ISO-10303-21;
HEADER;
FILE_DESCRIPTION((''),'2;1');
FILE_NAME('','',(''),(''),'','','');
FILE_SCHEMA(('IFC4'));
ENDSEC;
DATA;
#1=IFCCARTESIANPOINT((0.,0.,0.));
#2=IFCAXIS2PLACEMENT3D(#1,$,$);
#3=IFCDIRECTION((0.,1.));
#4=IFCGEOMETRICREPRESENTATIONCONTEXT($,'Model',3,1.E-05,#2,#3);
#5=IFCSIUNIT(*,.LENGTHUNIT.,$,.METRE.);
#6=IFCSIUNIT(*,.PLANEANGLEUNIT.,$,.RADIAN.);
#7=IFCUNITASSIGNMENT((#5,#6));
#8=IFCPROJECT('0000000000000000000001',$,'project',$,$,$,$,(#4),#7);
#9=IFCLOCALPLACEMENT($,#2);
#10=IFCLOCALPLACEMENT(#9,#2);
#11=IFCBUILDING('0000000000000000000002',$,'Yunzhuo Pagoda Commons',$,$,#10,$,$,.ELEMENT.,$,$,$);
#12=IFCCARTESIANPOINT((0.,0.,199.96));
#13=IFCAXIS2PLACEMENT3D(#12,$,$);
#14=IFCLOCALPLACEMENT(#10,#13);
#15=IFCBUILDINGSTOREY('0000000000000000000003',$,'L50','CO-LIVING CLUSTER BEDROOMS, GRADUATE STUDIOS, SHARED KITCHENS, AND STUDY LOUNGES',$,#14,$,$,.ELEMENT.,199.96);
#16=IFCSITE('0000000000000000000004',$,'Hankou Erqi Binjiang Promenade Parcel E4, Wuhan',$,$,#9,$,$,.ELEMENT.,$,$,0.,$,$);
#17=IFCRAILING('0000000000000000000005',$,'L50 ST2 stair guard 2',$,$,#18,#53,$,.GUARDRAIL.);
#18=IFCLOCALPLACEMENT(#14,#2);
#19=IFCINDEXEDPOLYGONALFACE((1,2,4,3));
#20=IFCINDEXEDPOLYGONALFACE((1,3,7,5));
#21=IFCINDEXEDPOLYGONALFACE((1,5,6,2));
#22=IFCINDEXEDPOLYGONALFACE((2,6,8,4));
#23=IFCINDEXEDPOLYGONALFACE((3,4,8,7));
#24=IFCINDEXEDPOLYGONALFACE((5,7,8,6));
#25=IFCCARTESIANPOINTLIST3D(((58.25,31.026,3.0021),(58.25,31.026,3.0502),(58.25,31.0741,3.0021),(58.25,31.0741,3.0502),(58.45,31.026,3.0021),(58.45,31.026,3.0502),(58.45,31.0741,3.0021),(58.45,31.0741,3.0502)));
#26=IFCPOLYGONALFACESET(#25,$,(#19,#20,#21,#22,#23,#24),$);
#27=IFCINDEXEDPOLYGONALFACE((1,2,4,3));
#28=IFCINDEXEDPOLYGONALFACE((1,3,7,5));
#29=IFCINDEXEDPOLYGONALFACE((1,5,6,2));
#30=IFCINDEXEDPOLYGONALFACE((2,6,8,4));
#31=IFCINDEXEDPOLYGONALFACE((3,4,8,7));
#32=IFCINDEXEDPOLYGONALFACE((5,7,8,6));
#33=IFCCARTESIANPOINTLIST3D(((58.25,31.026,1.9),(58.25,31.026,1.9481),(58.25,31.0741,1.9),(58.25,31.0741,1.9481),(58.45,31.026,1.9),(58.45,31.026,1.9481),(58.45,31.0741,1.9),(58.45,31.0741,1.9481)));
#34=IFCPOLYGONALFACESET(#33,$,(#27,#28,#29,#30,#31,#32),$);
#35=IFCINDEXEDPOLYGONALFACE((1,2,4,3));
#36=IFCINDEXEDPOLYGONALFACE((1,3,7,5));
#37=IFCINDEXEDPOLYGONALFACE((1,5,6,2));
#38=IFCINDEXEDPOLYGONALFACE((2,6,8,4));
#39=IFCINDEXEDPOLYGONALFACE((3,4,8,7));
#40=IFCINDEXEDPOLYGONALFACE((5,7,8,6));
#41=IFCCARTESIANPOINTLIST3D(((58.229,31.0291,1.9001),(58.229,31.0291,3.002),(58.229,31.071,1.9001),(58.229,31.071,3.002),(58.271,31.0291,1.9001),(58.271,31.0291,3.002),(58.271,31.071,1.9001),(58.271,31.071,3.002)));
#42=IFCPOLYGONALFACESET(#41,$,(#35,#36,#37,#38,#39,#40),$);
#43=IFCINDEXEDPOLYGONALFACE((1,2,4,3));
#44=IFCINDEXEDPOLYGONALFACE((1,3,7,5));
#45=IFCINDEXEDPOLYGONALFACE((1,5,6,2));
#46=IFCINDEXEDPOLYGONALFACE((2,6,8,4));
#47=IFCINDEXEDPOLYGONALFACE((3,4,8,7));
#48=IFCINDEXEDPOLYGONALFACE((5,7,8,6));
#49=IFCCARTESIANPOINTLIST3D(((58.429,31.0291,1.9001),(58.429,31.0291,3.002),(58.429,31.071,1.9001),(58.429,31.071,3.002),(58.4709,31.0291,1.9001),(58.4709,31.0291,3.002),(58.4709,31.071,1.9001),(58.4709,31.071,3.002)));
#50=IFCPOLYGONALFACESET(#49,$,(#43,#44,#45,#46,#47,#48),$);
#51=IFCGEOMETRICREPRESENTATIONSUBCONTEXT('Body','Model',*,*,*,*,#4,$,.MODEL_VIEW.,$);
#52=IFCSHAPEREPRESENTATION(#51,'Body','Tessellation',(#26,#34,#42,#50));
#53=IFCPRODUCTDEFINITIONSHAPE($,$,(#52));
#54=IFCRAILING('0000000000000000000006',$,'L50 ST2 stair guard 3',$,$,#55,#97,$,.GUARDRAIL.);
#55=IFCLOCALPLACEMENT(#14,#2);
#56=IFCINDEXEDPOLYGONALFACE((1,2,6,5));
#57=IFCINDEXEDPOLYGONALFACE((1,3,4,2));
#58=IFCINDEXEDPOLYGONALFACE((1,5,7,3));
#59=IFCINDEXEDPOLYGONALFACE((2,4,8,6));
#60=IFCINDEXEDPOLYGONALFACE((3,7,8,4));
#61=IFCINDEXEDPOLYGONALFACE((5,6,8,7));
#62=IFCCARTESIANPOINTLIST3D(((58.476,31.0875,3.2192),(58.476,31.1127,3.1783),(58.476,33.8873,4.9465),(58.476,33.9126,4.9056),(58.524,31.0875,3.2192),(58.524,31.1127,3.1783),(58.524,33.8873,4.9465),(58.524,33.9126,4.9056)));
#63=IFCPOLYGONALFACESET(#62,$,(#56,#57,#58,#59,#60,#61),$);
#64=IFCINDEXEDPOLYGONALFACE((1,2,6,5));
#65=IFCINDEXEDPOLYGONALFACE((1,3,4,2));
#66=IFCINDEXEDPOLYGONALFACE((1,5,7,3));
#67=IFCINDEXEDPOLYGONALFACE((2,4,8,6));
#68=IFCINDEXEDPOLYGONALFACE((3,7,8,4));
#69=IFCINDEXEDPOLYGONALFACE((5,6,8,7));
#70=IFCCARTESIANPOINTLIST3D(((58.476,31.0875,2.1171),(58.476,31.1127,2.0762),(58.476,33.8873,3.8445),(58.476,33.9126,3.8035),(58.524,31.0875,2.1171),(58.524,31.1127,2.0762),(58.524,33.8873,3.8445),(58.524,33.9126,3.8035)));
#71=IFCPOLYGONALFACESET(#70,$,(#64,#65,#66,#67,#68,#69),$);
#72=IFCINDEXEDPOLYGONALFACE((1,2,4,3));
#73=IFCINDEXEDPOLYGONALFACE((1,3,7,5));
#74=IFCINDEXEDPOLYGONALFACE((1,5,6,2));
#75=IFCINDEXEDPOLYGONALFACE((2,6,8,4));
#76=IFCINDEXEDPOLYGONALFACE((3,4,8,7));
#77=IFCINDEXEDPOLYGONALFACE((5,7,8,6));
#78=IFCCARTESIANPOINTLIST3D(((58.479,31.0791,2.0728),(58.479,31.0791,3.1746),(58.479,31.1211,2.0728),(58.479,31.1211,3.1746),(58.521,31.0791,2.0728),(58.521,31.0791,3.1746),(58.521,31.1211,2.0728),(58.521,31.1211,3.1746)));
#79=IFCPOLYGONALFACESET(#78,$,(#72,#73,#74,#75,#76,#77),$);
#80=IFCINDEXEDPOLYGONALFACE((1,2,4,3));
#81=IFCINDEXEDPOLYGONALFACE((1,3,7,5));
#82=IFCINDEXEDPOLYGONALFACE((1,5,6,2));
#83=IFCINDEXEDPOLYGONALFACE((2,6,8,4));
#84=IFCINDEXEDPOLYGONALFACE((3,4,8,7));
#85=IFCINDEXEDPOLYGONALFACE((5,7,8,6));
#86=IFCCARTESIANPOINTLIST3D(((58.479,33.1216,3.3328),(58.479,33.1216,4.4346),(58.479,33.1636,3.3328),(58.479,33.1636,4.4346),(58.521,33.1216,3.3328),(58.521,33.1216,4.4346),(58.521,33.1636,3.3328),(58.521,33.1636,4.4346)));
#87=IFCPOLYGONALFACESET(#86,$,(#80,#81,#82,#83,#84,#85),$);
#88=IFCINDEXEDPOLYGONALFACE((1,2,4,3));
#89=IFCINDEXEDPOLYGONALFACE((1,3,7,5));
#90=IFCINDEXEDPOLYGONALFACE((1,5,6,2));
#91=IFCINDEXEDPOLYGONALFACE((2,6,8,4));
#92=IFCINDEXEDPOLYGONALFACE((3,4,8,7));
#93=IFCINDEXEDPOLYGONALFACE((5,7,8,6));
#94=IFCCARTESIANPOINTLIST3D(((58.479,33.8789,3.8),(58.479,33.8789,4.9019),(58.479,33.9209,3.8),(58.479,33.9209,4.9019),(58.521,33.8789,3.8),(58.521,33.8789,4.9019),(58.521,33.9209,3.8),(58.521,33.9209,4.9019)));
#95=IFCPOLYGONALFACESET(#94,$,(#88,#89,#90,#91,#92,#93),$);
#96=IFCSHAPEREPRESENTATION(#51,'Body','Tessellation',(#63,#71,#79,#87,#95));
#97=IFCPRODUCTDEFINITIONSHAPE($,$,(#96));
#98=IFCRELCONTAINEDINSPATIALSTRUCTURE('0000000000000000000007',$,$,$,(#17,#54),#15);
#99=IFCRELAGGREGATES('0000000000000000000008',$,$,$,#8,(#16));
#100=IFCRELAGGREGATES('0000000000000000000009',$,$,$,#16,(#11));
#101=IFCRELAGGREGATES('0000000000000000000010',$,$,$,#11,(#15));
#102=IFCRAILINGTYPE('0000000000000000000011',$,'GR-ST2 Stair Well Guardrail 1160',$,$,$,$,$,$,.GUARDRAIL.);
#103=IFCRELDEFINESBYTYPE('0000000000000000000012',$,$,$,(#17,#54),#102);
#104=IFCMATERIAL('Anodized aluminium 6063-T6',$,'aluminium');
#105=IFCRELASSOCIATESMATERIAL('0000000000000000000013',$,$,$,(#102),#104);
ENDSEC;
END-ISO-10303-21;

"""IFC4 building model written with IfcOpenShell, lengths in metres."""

from ifc_helpers import new_model, si_unit, direction, frame, origin, origin_2d, place, context, subcontext, project, spatial, rectangle, extrude, material, type_object, element, save


model = new_model("IFC4")

# Units and contexts
model_context = context("Model", 3, precision=1e-05, world=origin(), true_north=direction((0.0, 1.0)))
body_context = subcontext(model_context, "Body", "Model", "MODEL_VIEW")
ifc_project = project(units=[si_unit("LENGTHUNIT", "METRE"), si_unit("PLANEANGLEUNIT", "RADIAN")], contexts=[model_context])

# Site, building, storey
site_placement = place(None, origin())
site = spatial("IfcSite", under=ifc_project, at=site_placement, Name="Hankou Erqi Binjiang Promenade Parcel E4, Wuhan", CompositionType="ELEMENT", RefElevation=0.0)
building_placement = place(site_placement, origin())
building = spatial("IfcBuilding", under=site, at=building_placement, Name="Yunzhuo Pagoda Commons", CompositionType="ELEMENT")
storey_placement = place(building_placement, frame((0.0, 0.0, 199.96)))
storey = spatial("IfcBuildingStorey", under=building, at=storey_placement, Name="L50", Description="CO-LIVING CLUSTER BEDROOMS, GRADUATE STUDIOS, SHARED KITCHENS, AND STUDY LOUNGES", CompositionType="ELEMENT", Elevation=199.96)

# Railings
ifc_material_1 = material(Name="Anodized aluminium 6063-T6", Category="aluminium")
railing_type = type_object("IfcRailingType", Name="GR-ST2 Stair Well Guardrail 1160", PredefinedType="GUARDRAIL", material=ifc_material_1)
railing_1_placement = place(storey_placement, frame((58.25, 31.05, 1.9001)))
element("IfcRailing", 1, at=railing_1_placement, inside=storey, type_object=railing_type, Name="L50 ST2 stair guard 2", PredefinedType="GUARDRAIL", context=body_context, shape_type="SweptSolid", body=[
    extrude(rectangle(XDim=0.0481, YDim=0.0481, at=origin_2d()), frame((0.0, 0.0, 1.126), z_axis=(1.0, 0.0, 0.0), x_axis=(0.0, 1.0, 0.0)), (0.0, 0.0, 1.0), 0.2),
    extrude(rectangle(XDim=0.0481, YDim=0.0481, at=origin_2d()), frame((0.0, 0.0, 0.0239), z_axis=(1.0, 0.0, 0.0), x_axis=(0.0, 1.0, 0.0)), (0.0, 0.0, 1.0), 0.2),
    extrude(rectangle(XDim=0.042, YDim=0.042, at=origin_2d()), origin(), (0.0, 0.0, 1.0), 1.1018),
    extrude(rectangle(XDim=0.042, YDim=0.042, at=origin_2d()), frame((0.2, 0.0, 0.0)), (0.0, 0.0, 1.0), 1.1018),
])
railing_2_placement = place(storey_placement, frame((58.5, 31.1001, 2.0728)))
element("IfcRailing", 2, at=railing_2_placement, inside=storey, type_object=railing_type, Name="L50 ST2 stair guard 3", PredefinedType="GUARDRAIL", context=body_context, shape_type="SweptSolid", body=[
    extrude(rectangle(XDim=0.0481, YDim=0.0481, at=origin_2d()), frame((0.0, 0.0, 1.126), z_axis=(0.0, 0.851069, 0.525054), x_axis=(-1.0, 0.0, 0.0)), (0.0, 0.0, 1.0), 3.2898),
    extrude(rectangle(XDim=0.0481, YDim=0.0481, at=origin_2d()), frame((0.0, 0.0, 0.0239), z_axis=(0.0, 0.851069, 0.525054), x_axis=(-1.0, 0.0, 0.0)), (0.0, 0.0, 1.0), 3.2898),
    extrude(rectangle(XDim=0.042, YDim=0.042, at=origin_2d()), origin(), (0.0, 0.0, 1.0), 1.1018),
    extrude(rectangle(XDim=0.042, YDim=0.042, at=origin_2d()), frame((0.0, 2.0425, 1.26)), (0.0, 0.0, 1.0), 1.1018),
    extrude(rectangle(XDim=0.042, YDim=0.042, at=origin_2d()), frame((0.0, 2.7998, 1.7273)), (0.0, 0.0, 1.0), 1.1018),
])

save(model, "model.ifc")
